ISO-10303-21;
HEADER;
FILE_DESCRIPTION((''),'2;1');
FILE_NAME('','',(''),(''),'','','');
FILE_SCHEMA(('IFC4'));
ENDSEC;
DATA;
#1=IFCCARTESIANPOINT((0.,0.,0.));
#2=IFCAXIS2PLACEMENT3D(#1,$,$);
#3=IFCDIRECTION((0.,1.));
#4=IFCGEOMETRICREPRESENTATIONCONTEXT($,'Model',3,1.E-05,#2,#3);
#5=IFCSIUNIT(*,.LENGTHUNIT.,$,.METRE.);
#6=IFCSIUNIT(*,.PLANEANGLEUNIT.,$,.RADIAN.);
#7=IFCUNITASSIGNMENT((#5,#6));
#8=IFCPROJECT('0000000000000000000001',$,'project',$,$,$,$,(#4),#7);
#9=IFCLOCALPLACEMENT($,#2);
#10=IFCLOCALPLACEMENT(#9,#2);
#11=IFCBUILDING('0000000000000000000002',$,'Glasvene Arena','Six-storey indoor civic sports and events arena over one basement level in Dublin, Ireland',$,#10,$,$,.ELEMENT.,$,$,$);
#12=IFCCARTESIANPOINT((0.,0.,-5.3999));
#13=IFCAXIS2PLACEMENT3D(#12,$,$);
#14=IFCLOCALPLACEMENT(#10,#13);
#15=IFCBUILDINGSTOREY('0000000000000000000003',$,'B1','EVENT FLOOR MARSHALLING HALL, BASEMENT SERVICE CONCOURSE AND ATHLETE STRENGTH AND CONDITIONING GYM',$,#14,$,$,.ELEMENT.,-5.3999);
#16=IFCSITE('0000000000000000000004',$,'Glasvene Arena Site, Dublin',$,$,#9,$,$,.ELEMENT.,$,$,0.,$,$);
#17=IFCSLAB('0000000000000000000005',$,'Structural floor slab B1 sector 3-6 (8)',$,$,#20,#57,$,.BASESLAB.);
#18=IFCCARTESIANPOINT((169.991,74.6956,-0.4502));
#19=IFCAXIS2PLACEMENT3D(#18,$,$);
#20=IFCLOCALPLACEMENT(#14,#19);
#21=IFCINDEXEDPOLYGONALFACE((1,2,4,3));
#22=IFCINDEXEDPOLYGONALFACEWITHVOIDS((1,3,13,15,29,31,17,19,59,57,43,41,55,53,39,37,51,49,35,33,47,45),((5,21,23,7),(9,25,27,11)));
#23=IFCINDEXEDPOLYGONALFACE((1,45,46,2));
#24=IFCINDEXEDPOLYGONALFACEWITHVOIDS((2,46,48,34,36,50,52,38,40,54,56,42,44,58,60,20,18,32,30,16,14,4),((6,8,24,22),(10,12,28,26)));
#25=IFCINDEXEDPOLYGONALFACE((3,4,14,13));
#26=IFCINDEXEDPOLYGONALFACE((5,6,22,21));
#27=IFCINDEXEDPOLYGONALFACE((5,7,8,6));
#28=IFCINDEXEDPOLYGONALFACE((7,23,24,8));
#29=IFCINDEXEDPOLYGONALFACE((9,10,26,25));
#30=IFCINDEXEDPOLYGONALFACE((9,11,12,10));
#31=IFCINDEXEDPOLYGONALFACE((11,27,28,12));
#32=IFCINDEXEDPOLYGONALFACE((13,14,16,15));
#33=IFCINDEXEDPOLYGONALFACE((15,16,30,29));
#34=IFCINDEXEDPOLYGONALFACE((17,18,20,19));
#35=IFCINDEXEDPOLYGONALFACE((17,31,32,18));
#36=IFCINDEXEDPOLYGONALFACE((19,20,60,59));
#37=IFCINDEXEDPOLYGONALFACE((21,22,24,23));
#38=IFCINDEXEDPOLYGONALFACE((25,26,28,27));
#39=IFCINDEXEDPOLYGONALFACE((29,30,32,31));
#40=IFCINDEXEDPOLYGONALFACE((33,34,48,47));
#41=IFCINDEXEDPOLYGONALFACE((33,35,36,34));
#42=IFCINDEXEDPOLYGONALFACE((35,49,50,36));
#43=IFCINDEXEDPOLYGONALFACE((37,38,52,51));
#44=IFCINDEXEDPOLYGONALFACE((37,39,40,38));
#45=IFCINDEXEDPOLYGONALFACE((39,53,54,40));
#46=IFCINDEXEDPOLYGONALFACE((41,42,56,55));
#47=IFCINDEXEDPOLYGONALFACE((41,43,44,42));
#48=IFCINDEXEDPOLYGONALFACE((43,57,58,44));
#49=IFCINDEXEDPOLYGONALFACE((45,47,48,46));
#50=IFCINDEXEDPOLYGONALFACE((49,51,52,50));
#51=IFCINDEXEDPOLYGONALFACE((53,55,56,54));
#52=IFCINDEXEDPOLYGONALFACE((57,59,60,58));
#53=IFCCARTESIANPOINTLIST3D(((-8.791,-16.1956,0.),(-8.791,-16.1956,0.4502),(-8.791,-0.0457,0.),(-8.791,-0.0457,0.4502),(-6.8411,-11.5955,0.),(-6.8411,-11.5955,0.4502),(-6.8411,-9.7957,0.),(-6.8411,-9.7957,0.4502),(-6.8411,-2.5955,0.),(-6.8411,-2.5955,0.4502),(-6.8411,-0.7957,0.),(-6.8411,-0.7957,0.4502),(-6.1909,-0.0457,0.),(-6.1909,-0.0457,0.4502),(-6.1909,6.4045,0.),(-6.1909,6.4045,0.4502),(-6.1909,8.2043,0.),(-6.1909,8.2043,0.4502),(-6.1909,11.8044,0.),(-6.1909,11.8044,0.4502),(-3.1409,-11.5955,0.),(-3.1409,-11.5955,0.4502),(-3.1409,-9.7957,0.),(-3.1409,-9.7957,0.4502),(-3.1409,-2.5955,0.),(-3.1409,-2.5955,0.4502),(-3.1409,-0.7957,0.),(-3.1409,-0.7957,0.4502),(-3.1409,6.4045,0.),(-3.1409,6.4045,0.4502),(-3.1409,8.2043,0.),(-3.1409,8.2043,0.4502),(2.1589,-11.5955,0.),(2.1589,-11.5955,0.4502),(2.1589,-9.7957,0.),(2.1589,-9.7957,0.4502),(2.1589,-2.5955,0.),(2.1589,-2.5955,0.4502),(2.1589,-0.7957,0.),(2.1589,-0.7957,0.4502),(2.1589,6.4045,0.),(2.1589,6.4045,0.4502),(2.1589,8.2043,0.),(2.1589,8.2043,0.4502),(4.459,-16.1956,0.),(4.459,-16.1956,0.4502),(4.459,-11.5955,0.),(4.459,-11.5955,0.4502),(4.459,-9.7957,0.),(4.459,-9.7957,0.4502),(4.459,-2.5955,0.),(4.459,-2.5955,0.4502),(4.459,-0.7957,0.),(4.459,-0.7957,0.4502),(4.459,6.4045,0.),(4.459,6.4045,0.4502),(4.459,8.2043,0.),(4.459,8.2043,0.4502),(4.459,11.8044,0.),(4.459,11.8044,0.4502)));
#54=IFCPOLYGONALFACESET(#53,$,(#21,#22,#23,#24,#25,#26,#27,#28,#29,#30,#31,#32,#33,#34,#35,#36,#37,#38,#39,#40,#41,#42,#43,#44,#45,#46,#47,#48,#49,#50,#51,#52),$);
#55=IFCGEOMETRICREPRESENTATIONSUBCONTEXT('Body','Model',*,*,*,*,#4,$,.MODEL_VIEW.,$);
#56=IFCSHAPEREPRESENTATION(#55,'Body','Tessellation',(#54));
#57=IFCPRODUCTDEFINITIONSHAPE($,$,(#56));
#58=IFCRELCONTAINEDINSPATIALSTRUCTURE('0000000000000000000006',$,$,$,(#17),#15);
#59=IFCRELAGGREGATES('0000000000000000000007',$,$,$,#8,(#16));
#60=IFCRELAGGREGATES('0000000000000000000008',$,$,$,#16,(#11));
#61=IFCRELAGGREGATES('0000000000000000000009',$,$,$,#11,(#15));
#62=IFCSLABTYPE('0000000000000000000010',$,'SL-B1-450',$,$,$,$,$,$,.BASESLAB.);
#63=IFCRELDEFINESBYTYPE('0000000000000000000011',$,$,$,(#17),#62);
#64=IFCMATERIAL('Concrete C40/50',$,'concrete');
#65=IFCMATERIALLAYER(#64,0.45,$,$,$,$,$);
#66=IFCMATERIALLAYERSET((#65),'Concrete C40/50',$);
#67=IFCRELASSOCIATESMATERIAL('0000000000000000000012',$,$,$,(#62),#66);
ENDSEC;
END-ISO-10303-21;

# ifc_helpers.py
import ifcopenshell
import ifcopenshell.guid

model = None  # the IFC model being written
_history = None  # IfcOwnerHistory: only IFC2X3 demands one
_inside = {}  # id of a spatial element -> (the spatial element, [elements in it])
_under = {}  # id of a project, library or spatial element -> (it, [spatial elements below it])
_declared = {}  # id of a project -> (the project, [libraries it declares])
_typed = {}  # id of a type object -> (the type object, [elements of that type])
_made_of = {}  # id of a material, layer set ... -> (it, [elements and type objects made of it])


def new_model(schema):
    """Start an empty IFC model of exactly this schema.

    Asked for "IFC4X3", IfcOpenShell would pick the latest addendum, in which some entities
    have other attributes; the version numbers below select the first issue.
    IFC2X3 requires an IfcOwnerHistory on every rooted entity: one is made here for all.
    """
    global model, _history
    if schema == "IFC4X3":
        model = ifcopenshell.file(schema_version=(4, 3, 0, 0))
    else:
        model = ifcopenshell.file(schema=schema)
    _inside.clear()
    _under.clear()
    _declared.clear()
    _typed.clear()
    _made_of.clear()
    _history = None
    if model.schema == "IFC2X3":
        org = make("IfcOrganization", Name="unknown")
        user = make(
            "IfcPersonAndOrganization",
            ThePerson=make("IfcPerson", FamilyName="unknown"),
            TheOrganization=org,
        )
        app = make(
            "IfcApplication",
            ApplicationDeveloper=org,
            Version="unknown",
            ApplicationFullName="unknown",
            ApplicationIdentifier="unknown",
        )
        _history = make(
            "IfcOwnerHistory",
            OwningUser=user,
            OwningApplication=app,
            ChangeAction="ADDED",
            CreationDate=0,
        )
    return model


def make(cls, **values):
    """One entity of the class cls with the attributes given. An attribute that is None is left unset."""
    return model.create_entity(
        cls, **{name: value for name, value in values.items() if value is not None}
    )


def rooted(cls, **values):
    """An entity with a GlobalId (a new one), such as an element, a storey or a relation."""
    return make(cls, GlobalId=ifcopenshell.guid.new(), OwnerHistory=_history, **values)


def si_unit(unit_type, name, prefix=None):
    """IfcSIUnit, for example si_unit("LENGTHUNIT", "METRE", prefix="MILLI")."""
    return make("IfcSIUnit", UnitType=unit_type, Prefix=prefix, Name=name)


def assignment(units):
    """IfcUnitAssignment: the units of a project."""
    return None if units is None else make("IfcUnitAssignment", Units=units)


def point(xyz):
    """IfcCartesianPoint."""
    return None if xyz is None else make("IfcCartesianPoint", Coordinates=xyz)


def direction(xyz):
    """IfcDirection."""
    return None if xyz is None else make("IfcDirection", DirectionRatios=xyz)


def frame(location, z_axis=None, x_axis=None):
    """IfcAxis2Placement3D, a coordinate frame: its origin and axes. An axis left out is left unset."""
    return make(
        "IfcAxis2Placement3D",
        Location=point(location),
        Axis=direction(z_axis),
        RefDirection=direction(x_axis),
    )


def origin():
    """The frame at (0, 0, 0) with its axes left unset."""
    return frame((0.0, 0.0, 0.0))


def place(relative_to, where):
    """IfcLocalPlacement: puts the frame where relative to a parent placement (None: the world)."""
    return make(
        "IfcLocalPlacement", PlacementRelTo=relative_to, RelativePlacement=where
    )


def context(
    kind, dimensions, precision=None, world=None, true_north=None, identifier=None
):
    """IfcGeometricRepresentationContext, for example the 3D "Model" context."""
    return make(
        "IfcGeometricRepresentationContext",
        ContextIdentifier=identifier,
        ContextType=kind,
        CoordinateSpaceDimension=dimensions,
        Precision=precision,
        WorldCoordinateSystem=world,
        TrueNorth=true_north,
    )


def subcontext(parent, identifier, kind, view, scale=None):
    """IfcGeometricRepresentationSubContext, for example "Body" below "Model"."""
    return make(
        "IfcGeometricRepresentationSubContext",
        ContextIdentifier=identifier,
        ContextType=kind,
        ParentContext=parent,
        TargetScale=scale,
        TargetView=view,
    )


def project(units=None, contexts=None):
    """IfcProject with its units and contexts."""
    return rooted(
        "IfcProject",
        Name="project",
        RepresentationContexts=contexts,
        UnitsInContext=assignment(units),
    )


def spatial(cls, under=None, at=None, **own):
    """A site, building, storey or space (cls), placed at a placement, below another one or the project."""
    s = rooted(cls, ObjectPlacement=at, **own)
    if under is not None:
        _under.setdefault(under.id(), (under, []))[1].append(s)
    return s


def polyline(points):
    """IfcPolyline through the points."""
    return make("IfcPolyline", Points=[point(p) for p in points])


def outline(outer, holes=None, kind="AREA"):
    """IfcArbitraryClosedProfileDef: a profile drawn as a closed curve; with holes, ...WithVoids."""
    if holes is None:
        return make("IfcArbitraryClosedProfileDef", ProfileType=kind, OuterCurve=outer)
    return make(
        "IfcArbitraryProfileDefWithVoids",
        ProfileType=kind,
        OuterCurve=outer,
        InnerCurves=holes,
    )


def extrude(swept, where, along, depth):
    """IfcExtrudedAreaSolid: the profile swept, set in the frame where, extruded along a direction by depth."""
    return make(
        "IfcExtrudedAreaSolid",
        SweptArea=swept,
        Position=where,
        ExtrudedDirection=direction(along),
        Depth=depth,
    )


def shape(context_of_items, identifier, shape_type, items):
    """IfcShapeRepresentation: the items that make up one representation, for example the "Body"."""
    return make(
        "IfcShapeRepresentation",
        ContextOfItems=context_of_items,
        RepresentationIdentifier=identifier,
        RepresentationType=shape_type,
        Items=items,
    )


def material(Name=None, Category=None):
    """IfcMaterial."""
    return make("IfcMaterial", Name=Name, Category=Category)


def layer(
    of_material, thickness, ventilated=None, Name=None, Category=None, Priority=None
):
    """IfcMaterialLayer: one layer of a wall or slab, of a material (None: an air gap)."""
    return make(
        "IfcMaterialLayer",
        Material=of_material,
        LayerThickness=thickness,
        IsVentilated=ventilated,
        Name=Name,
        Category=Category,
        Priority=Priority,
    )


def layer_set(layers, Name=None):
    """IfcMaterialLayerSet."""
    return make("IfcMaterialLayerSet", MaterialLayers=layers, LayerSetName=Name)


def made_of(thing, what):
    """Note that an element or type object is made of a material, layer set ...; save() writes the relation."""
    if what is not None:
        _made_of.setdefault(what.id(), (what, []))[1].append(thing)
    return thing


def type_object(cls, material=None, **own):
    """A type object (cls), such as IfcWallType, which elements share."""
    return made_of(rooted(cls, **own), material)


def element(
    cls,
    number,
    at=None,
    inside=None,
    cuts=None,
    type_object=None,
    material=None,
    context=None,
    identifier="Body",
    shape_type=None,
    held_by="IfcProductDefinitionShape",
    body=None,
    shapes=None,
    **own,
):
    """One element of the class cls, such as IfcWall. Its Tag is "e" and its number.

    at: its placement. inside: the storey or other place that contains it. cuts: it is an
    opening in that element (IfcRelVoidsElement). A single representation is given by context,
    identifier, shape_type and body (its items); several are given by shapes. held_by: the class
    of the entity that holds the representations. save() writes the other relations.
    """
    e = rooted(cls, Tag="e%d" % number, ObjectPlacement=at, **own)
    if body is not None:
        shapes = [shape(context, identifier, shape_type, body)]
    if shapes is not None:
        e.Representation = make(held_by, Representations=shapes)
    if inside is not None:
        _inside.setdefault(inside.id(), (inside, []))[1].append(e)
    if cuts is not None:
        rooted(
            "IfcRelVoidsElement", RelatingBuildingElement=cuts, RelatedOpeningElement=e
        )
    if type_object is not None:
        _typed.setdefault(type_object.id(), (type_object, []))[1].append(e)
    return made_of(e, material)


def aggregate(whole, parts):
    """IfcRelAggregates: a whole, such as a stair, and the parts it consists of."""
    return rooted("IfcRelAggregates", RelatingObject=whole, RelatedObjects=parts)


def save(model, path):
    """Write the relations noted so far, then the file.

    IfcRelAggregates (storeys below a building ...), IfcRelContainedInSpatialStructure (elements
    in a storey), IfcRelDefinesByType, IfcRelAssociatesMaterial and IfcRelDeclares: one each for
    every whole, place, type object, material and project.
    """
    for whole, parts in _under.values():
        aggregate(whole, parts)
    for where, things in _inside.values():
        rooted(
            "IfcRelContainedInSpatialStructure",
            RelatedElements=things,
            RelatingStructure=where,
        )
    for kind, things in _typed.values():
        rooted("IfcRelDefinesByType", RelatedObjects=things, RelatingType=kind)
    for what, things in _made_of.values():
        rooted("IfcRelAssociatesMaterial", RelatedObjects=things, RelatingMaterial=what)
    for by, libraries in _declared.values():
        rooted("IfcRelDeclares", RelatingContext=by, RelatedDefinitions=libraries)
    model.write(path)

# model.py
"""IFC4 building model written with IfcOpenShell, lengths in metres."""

from ifc_helpers import new_model, si_unit, direction, frame, origin, place, context, subcontext, project, spatial, polyline, outline, extrude, material, layer, layer_set, type_object, element, save


model = new_model("IFC4")

# Units and contexts
model_context = context("Model", 3, precision=1e-05, world=origin(), true_north=direction((0.0, 1.0)))
body_context = subcontext(model_context, "Body", "Model", "MODEL_VIEW")
ifc_project = project(units=[si_unit("LENGTHUNIT", "METRE"), si_unit("PLANEANGLEUNIT", "RADIAN")], contexts=[model_context])

# Site, building, storey
site_placement = place(None, origin())
site = spatial("IfcSite", under=ifc_project, at=site_placement, Name="Glasvene Arena Site, Dublin", CompositionType="ELEMENT", RefElevation=0.0)
building_placement = place(site_placement, origin())
building = spatial("IfcBuilding", under=site, at=building_placement, Name="Glasvene Arena", Description="Six-storey indoor civic sports and events arena over one basement level in Dublin, Ireland", CompositionType="ELEMENT")
storey_placement = place(building_placement, frame((0.0, 0.0, -5.3999)))
storey = spatial("IfcBuildingStorey", under=building, at=storey_placement, Name="B1", Description="EVENT FLOOR MARSHALLING HALL, BASEMENT SERVICE CONCOURSE AND ATHLETE STRENGTH AND CONDITIONING GYM", CompositionType="ELEMENT", Elevation=-5.3999)

# Shared definitions
ifc_material_1 = material(Name="Concrete C40/50", Category="concrete")

# Slab
ifc_layer_1 = layer(ifc_material_1, 0.45)
ifc_layer_set_1 = layer_set([ifc_layer_1], Name="Concrete C40/50")
slab_type_1 = type_object("IfcSlabType", Name="SL-B1-450", PredefinedType="BASESLAB", material=ifc_layer_set_1)
slab_1_placement = place(storey_placement, frame((169.991, 74.6956, -0.4502)))
element("IfcSlab", 1, at=slab_1_placement, inside=storey, type_object=slab_type_1, Name="Structural floor slab B1 sector 3-6 (8)", PredefinedType="BASESLAB", context=body_context, shape_type="SweptSolid", body=[
    extrude(outline(polyline([(4.459, 8.2043), (2.1589, 8.2043), (2.1589, 6.4045), (4.459, 6.4045), (4.459, -0.7957), (2.1589, -0.7957), (2.1589, -2.5955), (4.459, -2.5955), (4.459, -9.7957), (2.1589, -9.7957), (2.1589, -11.5955), (4.459, -11.5955), (4.459, -16.1956), (-8.791, -16.1956), (-8.791, -0.0457), (-6.1909, -0.0457), (-6.1909, 6.4045), (-3.1409, 6.4045), (-3.1409, 8.2043), (-6.1909, 8.2043), (-6.1909, 11.8044), (4.459, 11.8044), (4.459, 8.2043)]), holes=[polyline([(-3.1409, -11.5955), (-3.1409, -9.7957), (-6.8411, -9.7957), (-6.8411, -11.5955), (-3.1409, -11.5955)]), polyline([(-6.8411, -2.5955), (-3.1409, -2.5955), (-3.1409, -0.7957), (-6.8411, -0.7957), (-6.8411, -2.5955)])]), origin(), (0.0, 0.0, 1.0), 0.4502),
])

save(model, "model.ifc")
